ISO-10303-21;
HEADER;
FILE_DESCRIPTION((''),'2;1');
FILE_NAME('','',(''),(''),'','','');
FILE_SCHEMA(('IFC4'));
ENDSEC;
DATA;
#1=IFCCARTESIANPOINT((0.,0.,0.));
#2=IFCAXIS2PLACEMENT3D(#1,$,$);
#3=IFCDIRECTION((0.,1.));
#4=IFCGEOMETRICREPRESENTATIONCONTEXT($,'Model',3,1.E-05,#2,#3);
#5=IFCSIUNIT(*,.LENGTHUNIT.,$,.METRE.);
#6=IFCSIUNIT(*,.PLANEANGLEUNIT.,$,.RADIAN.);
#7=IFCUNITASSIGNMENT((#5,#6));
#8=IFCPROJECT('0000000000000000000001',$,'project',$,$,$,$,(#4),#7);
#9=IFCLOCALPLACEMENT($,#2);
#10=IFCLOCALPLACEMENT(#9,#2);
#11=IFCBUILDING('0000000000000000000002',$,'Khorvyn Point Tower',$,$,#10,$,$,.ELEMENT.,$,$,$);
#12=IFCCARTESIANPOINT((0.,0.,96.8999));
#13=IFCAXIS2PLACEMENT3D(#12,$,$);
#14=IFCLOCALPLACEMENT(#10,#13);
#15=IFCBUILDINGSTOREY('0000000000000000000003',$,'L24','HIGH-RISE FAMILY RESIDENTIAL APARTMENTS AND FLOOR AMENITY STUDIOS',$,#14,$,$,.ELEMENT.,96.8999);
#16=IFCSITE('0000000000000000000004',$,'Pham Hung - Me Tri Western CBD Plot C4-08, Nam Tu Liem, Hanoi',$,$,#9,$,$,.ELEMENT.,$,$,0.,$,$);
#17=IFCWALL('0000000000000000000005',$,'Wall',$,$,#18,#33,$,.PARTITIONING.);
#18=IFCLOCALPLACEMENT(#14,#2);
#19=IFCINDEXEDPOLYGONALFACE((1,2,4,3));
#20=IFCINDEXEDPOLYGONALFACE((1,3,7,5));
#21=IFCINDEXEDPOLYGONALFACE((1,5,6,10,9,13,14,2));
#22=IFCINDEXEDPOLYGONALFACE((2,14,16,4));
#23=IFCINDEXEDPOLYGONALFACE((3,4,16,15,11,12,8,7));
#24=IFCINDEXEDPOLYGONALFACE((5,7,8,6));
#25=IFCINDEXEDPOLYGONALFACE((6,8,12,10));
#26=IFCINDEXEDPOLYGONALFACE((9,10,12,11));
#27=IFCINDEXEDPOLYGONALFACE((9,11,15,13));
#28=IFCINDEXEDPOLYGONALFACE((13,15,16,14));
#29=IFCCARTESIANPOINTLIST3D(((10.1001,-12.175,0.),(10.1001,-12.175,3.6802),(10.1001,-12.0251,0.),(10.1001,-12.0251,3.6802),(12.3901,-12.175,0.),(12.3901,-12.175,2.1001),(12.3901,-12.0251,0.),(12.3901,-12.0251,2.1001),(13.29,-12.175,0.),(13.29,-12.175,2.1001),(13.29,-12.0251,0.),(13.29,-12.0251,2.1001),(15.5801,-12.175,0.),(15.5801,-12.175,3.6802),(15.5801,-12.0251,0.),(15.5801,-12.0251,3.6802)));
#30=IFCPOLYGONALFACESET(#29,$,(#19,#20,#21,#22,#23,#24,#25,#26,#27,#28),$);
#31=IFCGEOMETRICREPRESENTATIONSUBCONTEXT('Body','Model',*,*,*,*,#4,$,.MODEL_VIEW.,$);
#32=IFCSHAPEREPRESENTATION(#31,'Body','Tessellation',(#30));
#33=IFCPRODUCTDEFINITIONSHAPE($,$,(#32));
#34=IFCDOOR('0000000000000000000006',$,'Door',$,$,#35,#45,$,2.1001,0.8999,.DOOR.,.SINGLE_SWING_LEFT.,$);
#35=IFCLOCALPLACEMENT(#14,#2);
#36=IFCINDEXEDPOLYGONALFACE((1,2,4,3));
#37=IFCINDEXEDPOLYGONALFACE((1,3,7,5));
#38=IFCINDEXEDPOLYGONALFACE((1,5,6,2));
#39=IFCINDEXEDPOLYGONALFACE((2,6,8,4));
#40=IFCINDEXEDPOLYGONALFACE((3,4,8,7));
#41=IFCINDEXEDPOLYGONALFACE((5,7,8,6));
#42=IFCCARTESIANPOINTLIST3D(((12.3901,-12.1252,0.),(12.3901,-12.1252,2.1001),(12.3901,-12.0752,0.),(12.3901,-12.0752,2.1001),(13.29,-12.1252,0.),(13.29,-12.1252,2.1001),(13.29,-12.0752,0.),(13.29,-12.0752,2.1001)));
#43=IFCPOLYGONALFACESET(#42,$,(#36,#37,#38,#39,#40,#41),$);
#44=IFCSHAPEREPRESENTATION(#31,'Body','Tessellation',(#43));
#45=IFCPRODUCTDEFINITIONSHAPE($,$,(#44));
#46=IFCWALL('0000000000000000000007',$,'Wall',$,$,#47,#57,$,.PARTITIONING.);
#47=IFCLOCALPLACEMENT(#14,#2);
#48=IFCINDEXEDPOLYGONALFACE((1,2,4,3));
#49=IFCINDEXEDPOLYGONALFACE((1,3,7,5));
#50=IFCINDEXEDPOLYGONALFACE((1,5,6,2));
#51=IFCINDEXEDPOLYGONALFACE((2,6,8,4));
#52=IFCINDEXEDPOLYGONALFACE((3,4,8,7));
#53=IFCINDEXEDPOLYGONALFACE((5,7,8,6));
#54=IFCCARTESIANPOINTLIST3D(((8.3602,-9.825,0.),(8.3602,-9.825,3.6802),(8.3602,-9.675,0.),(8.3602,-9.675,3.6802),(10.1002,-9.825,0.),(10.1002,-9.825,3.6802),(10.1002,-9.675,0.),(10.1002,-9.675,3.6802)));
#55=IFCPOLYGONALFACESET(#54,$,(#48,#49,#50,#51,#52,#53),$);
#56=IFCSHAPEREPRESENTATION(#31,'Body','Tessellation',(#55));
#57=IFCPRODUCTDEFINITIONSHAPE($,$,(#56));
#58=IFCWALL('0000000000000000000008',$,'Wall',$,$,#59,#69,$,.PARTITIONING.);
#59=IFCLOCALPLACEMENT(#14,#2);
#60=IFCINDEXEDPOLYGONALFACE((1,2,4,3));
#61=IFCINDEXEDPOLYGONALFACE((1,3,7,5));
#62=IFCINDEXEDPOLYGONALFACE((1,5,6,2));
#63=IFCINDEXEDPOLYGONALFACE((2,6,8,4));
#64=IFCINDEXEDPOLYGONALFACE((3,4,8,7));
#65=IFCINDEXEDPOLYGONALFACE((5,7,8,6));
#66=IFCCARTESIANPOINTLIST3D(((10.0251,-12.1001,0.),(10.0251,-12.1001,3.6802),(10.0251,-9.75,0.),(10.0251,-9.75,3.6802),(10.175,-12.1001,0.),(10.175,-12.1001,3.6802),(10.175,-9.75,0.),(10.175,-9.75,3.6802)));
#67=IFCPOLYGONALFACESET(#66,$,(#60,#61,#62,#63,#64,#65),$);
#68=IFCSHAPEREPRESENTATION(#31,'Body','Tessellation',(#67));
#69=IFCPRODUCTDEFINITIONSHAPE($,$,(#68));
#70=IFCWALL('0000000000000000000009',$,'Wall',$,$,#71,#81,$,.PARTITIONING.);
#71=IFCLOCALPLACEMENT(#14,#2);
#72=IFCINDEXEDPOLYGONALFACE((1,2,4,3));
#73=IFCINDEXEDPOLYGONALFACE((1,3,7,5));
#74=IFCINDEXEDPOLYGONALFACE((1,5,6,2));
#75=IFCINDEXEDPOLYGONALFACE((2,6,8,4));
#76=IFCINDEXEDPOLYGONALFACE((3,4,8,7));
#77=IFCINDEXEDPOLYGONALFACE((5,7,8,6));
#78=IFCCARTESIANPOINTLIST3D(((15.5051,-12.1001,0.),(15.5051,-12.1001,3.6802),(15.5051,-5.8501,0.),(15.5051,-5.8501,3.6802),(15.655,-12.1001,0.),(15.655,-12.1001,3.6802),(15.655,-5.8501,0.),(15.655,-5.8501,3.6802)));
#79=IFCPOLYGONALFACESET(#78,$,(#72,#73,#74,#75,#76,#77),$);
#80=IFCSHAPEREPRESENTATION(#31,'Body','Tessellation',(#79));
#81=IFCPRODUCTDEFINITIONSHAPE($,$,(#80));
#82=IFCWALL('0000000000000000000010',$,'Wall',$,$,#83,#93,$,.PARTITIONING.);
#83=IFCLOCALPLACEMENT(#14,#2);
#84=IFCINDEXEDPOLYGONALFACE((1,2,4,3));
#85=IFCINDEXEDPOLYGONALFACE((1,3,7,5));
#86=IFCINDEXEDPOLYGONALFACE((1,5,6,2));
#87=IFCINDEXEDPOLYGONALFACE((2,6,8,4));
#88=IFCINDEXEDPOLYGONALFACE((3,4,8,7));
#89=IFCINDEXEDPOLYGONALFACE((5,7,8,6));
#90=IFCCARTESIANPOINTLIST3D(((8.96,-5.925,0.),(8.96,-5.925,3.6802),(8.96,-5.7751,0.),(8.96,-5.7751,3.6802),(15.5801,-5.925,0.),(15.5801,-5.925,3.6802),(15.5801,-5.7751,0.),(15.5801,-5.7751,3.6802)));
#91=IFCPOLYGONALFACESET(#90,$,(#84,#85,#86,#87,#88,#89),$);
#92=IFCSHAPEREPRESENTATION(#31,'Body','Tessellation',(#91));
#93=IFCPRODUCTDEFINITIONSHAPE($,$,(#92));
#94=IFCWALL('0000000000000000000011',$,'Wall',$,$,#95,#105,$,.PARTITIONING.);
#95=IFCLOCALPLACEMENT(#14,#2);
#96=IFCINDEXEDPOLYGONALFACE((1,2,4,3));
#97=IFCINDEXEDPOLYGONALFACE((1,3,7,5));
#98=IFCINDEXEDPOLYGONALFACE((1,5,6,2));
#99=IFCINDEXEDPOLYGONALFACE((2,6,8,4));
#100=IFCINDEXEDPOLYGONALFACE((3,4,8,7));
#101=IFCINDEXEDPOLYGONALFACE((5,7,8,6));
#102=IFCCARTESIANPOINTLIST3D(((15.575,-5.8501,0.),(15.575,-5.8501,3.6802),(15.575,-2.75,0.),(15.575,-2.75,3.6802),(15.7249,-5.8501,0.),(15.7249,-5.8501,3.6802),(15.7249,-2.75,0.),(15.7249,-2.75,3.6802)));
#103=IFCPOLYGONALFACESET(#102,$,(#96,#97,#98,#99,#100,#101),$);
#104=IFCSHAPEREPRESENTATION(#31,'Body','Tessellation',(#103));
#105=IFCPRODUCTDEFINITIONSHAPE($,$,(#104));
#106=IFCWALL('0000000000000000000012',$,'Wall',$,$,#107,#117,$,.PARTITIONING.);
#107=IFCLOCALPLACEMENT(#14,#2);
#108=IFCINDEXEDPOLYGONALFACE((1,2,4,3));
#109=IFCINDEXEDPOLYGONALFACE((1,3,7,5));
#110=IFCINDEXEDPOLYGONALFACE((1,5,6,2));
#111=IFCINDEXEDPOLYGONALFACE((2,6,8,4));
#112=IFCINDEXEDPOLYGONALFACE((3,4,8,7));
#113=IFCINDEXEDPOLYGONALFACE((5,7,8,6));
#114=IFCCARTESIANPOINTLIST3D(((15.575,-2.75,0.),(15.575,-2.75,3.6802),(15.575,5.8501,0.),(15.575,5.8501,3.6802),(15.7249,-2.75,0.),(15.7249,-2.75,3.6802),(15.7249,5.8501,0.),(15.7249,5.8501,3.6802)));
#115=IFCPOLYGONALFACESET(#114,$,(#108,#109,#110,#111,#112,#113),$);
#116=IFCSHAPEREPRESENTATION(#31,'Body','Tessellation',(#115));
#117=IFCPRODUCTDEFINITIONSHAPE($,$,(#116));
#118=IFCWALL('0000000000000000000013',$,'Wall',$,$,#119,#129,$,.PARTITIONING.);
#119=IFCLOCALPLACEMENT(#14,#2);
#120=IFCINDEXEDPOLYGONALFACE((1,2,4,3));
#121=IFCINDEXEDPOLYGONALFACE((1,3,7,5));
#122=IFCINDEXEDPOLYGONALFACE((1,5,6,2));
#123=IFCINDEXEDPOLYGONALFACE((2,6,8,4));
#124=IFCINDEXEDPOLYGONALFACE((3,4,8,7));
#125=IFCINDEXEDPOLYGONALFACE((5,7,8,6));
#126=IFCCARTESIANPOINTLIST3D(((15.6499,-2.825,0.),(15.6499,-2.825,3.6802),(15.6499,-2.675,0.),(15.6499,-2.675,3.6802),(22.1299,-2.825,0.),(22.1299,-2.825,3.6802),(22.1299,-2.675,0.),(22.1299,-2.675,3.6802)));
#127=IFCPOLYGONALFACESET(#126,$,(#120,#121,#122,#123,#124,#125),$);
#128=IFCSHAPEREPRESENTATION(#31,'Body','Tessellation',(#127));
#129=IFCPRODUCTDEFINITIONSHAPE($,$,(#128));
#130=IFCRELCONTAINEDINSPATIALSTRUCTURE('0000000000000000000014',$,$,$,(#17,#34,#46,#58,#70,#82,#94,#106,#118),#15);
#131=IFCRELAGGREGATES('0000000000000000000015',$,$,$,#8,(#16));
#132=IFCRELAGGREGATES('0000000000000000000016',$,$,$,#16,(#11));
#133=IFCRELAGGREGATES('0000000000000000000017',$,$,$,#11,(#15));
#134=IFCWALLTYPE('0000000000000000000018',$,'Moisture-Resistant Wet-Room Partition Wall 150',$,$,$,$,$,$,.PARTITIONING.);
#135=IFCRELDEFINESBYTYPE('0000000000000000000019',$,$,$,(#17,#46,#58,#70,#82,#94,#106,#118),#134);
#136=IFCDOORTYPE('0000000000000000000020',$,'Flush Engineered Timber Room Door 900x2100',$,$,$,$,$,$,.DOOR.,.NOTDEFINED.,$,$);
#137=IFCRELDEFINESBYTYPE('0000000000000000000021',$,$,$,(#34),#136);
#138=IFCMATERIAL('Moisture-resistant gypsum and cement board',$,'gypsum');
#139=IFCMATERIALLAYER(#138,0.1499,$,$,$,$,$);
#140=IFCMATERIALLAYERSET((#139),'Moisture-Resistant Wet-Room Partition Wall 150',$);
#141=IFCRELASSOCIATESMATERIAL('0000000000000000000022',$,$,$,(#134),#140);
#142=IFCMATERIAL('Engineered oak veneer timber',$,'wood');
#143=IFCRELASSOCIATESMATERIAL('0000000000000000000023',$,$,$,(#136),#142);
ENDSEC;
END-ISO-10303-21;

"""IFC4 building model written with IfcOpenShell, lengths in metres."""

from ifc_helpers import new_model, si_unit, direction, frame, frame_2d, origin, place, context, subcontext, project, spatial, rectangle, extrude, material, layer, layer_set, type_object, element, fill, save


model = new_model("IFC4")

# Units and contexts
model_context = context("Model", 3, precision=1e-05, world=origin(), true_north=direction((0.0, 1.0)))
body_context = subcontext(model_context, "Body", "Model", "MODEL_VIEW")
ifc_project = project(units=[si_unit("LENGTHUNIT", "METRE"), si_unit("PLANEANGLEUNIT", "RADIAN")], contexts=[model_context])

# Site, building, storey
site_placement = place(None, origin())
site = spatial("IfcSite", under=ifc_project, at=site_placement, Name="Pham Hung - Me Tri Western CBD Plot C4-08, Nam Tu Liem, Hanoi", CompositionType="ELEMENT", RefElevation=0.0)
building_placement = place(site_placement, origin())
building = spatial("IfcBuilding", under=site, at=building_placement, Name="Khorvyn Point Tower", CompositionType="ELEMENT")
storey_placement = place(building_placement, frame((0.0, 0.0, 96.8999)))
storey = spatial("IfcBuildingStorey", under=building, at=storey_placement, Name="L24", Description="HIGH-RISE FAMILY RESIDENTIAL APARTMENTS AND FLOOR AMENITY STUDIOS", CompositionType="ELEMENT", Elevation=96.8999)

# Wall, opening, door
ifc_material_1 = material(Name="Moisture-resistant gypsum and cement board", Category="gypsum")
ifc_layer_1 = layer(ifc_material_1, 0.1499)
ifc_layer_set_1 = layer_set([ifc_layer_1], Name="Moisture-Resistant Wet-Room Partition Wall 150")
wall_type_1 = type_object("IfcWallType", Name="Moisture-Resistant Wet-Room Partition Wall 150", PredefinedType="PARTITIONING", material=ifc_layer_set_1)
wall_1_placement = place(storey_placement, frame((10.1001, -12.1001, 0.0), z_axis=(0.0, 0.0, 1.0), x_axis=(1.0, 0.0, 0.0)))
wall_1 = element("IfcWall", 1, at=wall_1_placement, inside=storey, type_object=wall_type_1, Name="Wall", PredefinedType="PARTITIONING", context=body_context, shape_type="SweptSolid", body=[
    extrude(rectangle(XDim=5.48, YDim=0.1499, at=frame_2d((2.74, 0.0))), origin(), (0.0, 0.0, 1.0), 3.6802),
])
opening_1_placement = place(wall_1_placement, frame((2.29, 0.0, 0.0)))
opening_1 = element("IfcOpeningElement", 2, at=opening_1_placement, cuts=wall_1, PredefinedType="OPENING", context=body_context, shape_type="SweptSolid", body=[
    extrude(rectangle(XDim=0.8999, YDim=2.1001, at=frame_2d((0.45, 1.05))), frame((0.0, 0.085, 0.0), z_axis=(0.0, -1.0, 0.0), x_axis=(1.0, 0.0, 0.0)), (0.0, 0.0, 1.0), 0.1699),
])
ifc_material_2 = material(Name="Engineered oak veneer timber", Category="wood")
door_type_1 = type_object("IfcDoorType", Name="Flush Engineered Timber Room Door 900x2100", OperationType="NOTDEFINED", PredefinedType="DOOR", material=ifc_material_2)
door_1_placement = place(opening_1_placement, origin())
door_1 = element("IfcDoor", 3, at=door_1_placement, inside=storey, type_object=door_type_1, Name="Door", OperationType="SINGLE_SWING_LEFT", OverallHeight=2.1001, OverallWidth=0.8999, PredefinedType="DOOR", context=body_context, shape_type="SweptSolid", body=[
    extrude(rectangle(XDim=0.8999, YDim=2.1001, at=frame_2d((0.45, 1.05))), frame((0.0, 0.0249, 0.0), z_axis=(0.0, -1.0, 0.0), x_axis=(1.0, 0.0, 0.0)), (0.0, 0.0, 1.0), 0.05),
])
fill(opening_1, door_1)

# Walls
wall_2_placement = place(storey_placement, frame((8.3601, -9.75, 0.0), z_axis=(0.0, 0.0, 1.0), x_axis=(1.0, 0.0, 0.0)))
element("IfcWall", 4, at=wall_2_placement, inside=storey, type_object=wall_type_1, Name="Wall", PredefinedType="PARTITIONING", context=body_context, shape_type="SweptSolid", body=[
    extrude(rectangle(XDim=1.74, YDim=0.1499, at=frame_2d((0.8701, 0.0))), origin(), (0.0, 0.0, 1.0), 3.6802),
])
wall_3_placement = place(storey_placement, frame((10.1001, -12.1001, 0.0), z_axis=(0.0, 0.0, 1.0), x_axis=(0.0, 1.0, 0.0)))
element("IfcWall", 5, at=wall_3_placement, inside=storey, type_object=wall_type_1, Name="Wall", PredefinedType="PARTITIONING", context=body_context, shape_type="SweptSolid", body=[
    extrude(rectangle(XDim=2.3501, YDim=0.1499, at=frame_2d((1.175, 0.0))), origin(), (0.0, 0.0, 1.0), 3.6802),
])
wall_4_placement = place(storey_placement, frame((15.5801, -12.1001, 0.0), z_axis=(0.0, 0.0, 1.0), x_axis=(0.0, 1.0, 0.0)))
element("IfcWall", 6, at=wall_4_placement, inside=storey, type_object=wall_type_1, Name="Wall", PredefinedType="PARTITIONING", context=body_context, shape_type="SweptSolid", body=[
    extrude(rectangle(XDim=6.25, YDim=0.1499, at=frame_2d((3.125, 0.0))), origin(), (0.0, 0.0, 1.0), 3.6802),
])
wall_5_placement = place(storey_placement, frame((8.96, -5.8501, 0.0), z_axis=(0.0, 0.0, 1.0), x_axis=(1.0, 0.0, 0.0)))
element("IfcWall", 7, at=wall_5_placement, inside=storey, type_object=wall_type_1, Name="Wall", PredefinedType="PARTITIONING", context=body_context, shape_type="SweptSolid", body=[
    extrude(rectangle(XDim=6.6201, YDim=0.1499, at=frame_2d((3.3101, 0.0))), origin(), (0.0, 0.0, 1.0), 3.6802),
])
wall_6_placement = place(storey_placement, frame((15.6499, -5.8501, 0.0), z_axis=(0.0, 0.0, 1.0), x_axis=(0.0, 1.0, 0.0)))
element("IfcWall", 8, at=wall_6_placement, inside=storey, type_object=wall_type_1, Name="Wall", PredefinedType="PARTITIONING", context=body_context, shape_type="SweptSolid", body=[
    extrude(rectangle(XDim=3.1001, YDim=0.1499, at=frame_2d((1.55, 0.0))), origin(), (0.0, 0.0, 1.0), 3.6802),
])
wall_7_placement = place(storey_placement, frame((15.6499, -2.75, 0.0), z_axis=(0.0, 0.0, 1.0), x_axis=(0.0, 1.0, 0.0)))
element("IfcWall", 9, at=wall_7_placement, inside=storey, type_object=wall_type_1, Name="Wall", PredefinedType="PARTITIONING", context=body_context, shape_type="SweptSolid", body=[
    extrude(rectangle(XDim=8.6001, YDim=0.1499, at=frame_2d((4.3, 0.0))), origin(), (0.0, 0.0, 1.0), 3.6802),
])
wall_8_placement = place(storey_placement, frame((15.6499, -2.75, 0.0), z_axis=(0.0, 0.0, 1.0), x_axis=(1.0, 0.0, 0.0)))
element("IfcWall", 10, at=wall_8_placement, inside=storey, type_object=wall_type_1, Name="Wall", PredefinedType="PARTITIONING", context=body_context, shape_type="SweptSolid", body=[
    extrude(rectangle(XDim=6.48, YDim=0.1499, at=frame_2d((3.24, 0.0))), origin(), (0.0, 0.0, 1.0), 3.6802),
])

save(model, "model.ifc")
